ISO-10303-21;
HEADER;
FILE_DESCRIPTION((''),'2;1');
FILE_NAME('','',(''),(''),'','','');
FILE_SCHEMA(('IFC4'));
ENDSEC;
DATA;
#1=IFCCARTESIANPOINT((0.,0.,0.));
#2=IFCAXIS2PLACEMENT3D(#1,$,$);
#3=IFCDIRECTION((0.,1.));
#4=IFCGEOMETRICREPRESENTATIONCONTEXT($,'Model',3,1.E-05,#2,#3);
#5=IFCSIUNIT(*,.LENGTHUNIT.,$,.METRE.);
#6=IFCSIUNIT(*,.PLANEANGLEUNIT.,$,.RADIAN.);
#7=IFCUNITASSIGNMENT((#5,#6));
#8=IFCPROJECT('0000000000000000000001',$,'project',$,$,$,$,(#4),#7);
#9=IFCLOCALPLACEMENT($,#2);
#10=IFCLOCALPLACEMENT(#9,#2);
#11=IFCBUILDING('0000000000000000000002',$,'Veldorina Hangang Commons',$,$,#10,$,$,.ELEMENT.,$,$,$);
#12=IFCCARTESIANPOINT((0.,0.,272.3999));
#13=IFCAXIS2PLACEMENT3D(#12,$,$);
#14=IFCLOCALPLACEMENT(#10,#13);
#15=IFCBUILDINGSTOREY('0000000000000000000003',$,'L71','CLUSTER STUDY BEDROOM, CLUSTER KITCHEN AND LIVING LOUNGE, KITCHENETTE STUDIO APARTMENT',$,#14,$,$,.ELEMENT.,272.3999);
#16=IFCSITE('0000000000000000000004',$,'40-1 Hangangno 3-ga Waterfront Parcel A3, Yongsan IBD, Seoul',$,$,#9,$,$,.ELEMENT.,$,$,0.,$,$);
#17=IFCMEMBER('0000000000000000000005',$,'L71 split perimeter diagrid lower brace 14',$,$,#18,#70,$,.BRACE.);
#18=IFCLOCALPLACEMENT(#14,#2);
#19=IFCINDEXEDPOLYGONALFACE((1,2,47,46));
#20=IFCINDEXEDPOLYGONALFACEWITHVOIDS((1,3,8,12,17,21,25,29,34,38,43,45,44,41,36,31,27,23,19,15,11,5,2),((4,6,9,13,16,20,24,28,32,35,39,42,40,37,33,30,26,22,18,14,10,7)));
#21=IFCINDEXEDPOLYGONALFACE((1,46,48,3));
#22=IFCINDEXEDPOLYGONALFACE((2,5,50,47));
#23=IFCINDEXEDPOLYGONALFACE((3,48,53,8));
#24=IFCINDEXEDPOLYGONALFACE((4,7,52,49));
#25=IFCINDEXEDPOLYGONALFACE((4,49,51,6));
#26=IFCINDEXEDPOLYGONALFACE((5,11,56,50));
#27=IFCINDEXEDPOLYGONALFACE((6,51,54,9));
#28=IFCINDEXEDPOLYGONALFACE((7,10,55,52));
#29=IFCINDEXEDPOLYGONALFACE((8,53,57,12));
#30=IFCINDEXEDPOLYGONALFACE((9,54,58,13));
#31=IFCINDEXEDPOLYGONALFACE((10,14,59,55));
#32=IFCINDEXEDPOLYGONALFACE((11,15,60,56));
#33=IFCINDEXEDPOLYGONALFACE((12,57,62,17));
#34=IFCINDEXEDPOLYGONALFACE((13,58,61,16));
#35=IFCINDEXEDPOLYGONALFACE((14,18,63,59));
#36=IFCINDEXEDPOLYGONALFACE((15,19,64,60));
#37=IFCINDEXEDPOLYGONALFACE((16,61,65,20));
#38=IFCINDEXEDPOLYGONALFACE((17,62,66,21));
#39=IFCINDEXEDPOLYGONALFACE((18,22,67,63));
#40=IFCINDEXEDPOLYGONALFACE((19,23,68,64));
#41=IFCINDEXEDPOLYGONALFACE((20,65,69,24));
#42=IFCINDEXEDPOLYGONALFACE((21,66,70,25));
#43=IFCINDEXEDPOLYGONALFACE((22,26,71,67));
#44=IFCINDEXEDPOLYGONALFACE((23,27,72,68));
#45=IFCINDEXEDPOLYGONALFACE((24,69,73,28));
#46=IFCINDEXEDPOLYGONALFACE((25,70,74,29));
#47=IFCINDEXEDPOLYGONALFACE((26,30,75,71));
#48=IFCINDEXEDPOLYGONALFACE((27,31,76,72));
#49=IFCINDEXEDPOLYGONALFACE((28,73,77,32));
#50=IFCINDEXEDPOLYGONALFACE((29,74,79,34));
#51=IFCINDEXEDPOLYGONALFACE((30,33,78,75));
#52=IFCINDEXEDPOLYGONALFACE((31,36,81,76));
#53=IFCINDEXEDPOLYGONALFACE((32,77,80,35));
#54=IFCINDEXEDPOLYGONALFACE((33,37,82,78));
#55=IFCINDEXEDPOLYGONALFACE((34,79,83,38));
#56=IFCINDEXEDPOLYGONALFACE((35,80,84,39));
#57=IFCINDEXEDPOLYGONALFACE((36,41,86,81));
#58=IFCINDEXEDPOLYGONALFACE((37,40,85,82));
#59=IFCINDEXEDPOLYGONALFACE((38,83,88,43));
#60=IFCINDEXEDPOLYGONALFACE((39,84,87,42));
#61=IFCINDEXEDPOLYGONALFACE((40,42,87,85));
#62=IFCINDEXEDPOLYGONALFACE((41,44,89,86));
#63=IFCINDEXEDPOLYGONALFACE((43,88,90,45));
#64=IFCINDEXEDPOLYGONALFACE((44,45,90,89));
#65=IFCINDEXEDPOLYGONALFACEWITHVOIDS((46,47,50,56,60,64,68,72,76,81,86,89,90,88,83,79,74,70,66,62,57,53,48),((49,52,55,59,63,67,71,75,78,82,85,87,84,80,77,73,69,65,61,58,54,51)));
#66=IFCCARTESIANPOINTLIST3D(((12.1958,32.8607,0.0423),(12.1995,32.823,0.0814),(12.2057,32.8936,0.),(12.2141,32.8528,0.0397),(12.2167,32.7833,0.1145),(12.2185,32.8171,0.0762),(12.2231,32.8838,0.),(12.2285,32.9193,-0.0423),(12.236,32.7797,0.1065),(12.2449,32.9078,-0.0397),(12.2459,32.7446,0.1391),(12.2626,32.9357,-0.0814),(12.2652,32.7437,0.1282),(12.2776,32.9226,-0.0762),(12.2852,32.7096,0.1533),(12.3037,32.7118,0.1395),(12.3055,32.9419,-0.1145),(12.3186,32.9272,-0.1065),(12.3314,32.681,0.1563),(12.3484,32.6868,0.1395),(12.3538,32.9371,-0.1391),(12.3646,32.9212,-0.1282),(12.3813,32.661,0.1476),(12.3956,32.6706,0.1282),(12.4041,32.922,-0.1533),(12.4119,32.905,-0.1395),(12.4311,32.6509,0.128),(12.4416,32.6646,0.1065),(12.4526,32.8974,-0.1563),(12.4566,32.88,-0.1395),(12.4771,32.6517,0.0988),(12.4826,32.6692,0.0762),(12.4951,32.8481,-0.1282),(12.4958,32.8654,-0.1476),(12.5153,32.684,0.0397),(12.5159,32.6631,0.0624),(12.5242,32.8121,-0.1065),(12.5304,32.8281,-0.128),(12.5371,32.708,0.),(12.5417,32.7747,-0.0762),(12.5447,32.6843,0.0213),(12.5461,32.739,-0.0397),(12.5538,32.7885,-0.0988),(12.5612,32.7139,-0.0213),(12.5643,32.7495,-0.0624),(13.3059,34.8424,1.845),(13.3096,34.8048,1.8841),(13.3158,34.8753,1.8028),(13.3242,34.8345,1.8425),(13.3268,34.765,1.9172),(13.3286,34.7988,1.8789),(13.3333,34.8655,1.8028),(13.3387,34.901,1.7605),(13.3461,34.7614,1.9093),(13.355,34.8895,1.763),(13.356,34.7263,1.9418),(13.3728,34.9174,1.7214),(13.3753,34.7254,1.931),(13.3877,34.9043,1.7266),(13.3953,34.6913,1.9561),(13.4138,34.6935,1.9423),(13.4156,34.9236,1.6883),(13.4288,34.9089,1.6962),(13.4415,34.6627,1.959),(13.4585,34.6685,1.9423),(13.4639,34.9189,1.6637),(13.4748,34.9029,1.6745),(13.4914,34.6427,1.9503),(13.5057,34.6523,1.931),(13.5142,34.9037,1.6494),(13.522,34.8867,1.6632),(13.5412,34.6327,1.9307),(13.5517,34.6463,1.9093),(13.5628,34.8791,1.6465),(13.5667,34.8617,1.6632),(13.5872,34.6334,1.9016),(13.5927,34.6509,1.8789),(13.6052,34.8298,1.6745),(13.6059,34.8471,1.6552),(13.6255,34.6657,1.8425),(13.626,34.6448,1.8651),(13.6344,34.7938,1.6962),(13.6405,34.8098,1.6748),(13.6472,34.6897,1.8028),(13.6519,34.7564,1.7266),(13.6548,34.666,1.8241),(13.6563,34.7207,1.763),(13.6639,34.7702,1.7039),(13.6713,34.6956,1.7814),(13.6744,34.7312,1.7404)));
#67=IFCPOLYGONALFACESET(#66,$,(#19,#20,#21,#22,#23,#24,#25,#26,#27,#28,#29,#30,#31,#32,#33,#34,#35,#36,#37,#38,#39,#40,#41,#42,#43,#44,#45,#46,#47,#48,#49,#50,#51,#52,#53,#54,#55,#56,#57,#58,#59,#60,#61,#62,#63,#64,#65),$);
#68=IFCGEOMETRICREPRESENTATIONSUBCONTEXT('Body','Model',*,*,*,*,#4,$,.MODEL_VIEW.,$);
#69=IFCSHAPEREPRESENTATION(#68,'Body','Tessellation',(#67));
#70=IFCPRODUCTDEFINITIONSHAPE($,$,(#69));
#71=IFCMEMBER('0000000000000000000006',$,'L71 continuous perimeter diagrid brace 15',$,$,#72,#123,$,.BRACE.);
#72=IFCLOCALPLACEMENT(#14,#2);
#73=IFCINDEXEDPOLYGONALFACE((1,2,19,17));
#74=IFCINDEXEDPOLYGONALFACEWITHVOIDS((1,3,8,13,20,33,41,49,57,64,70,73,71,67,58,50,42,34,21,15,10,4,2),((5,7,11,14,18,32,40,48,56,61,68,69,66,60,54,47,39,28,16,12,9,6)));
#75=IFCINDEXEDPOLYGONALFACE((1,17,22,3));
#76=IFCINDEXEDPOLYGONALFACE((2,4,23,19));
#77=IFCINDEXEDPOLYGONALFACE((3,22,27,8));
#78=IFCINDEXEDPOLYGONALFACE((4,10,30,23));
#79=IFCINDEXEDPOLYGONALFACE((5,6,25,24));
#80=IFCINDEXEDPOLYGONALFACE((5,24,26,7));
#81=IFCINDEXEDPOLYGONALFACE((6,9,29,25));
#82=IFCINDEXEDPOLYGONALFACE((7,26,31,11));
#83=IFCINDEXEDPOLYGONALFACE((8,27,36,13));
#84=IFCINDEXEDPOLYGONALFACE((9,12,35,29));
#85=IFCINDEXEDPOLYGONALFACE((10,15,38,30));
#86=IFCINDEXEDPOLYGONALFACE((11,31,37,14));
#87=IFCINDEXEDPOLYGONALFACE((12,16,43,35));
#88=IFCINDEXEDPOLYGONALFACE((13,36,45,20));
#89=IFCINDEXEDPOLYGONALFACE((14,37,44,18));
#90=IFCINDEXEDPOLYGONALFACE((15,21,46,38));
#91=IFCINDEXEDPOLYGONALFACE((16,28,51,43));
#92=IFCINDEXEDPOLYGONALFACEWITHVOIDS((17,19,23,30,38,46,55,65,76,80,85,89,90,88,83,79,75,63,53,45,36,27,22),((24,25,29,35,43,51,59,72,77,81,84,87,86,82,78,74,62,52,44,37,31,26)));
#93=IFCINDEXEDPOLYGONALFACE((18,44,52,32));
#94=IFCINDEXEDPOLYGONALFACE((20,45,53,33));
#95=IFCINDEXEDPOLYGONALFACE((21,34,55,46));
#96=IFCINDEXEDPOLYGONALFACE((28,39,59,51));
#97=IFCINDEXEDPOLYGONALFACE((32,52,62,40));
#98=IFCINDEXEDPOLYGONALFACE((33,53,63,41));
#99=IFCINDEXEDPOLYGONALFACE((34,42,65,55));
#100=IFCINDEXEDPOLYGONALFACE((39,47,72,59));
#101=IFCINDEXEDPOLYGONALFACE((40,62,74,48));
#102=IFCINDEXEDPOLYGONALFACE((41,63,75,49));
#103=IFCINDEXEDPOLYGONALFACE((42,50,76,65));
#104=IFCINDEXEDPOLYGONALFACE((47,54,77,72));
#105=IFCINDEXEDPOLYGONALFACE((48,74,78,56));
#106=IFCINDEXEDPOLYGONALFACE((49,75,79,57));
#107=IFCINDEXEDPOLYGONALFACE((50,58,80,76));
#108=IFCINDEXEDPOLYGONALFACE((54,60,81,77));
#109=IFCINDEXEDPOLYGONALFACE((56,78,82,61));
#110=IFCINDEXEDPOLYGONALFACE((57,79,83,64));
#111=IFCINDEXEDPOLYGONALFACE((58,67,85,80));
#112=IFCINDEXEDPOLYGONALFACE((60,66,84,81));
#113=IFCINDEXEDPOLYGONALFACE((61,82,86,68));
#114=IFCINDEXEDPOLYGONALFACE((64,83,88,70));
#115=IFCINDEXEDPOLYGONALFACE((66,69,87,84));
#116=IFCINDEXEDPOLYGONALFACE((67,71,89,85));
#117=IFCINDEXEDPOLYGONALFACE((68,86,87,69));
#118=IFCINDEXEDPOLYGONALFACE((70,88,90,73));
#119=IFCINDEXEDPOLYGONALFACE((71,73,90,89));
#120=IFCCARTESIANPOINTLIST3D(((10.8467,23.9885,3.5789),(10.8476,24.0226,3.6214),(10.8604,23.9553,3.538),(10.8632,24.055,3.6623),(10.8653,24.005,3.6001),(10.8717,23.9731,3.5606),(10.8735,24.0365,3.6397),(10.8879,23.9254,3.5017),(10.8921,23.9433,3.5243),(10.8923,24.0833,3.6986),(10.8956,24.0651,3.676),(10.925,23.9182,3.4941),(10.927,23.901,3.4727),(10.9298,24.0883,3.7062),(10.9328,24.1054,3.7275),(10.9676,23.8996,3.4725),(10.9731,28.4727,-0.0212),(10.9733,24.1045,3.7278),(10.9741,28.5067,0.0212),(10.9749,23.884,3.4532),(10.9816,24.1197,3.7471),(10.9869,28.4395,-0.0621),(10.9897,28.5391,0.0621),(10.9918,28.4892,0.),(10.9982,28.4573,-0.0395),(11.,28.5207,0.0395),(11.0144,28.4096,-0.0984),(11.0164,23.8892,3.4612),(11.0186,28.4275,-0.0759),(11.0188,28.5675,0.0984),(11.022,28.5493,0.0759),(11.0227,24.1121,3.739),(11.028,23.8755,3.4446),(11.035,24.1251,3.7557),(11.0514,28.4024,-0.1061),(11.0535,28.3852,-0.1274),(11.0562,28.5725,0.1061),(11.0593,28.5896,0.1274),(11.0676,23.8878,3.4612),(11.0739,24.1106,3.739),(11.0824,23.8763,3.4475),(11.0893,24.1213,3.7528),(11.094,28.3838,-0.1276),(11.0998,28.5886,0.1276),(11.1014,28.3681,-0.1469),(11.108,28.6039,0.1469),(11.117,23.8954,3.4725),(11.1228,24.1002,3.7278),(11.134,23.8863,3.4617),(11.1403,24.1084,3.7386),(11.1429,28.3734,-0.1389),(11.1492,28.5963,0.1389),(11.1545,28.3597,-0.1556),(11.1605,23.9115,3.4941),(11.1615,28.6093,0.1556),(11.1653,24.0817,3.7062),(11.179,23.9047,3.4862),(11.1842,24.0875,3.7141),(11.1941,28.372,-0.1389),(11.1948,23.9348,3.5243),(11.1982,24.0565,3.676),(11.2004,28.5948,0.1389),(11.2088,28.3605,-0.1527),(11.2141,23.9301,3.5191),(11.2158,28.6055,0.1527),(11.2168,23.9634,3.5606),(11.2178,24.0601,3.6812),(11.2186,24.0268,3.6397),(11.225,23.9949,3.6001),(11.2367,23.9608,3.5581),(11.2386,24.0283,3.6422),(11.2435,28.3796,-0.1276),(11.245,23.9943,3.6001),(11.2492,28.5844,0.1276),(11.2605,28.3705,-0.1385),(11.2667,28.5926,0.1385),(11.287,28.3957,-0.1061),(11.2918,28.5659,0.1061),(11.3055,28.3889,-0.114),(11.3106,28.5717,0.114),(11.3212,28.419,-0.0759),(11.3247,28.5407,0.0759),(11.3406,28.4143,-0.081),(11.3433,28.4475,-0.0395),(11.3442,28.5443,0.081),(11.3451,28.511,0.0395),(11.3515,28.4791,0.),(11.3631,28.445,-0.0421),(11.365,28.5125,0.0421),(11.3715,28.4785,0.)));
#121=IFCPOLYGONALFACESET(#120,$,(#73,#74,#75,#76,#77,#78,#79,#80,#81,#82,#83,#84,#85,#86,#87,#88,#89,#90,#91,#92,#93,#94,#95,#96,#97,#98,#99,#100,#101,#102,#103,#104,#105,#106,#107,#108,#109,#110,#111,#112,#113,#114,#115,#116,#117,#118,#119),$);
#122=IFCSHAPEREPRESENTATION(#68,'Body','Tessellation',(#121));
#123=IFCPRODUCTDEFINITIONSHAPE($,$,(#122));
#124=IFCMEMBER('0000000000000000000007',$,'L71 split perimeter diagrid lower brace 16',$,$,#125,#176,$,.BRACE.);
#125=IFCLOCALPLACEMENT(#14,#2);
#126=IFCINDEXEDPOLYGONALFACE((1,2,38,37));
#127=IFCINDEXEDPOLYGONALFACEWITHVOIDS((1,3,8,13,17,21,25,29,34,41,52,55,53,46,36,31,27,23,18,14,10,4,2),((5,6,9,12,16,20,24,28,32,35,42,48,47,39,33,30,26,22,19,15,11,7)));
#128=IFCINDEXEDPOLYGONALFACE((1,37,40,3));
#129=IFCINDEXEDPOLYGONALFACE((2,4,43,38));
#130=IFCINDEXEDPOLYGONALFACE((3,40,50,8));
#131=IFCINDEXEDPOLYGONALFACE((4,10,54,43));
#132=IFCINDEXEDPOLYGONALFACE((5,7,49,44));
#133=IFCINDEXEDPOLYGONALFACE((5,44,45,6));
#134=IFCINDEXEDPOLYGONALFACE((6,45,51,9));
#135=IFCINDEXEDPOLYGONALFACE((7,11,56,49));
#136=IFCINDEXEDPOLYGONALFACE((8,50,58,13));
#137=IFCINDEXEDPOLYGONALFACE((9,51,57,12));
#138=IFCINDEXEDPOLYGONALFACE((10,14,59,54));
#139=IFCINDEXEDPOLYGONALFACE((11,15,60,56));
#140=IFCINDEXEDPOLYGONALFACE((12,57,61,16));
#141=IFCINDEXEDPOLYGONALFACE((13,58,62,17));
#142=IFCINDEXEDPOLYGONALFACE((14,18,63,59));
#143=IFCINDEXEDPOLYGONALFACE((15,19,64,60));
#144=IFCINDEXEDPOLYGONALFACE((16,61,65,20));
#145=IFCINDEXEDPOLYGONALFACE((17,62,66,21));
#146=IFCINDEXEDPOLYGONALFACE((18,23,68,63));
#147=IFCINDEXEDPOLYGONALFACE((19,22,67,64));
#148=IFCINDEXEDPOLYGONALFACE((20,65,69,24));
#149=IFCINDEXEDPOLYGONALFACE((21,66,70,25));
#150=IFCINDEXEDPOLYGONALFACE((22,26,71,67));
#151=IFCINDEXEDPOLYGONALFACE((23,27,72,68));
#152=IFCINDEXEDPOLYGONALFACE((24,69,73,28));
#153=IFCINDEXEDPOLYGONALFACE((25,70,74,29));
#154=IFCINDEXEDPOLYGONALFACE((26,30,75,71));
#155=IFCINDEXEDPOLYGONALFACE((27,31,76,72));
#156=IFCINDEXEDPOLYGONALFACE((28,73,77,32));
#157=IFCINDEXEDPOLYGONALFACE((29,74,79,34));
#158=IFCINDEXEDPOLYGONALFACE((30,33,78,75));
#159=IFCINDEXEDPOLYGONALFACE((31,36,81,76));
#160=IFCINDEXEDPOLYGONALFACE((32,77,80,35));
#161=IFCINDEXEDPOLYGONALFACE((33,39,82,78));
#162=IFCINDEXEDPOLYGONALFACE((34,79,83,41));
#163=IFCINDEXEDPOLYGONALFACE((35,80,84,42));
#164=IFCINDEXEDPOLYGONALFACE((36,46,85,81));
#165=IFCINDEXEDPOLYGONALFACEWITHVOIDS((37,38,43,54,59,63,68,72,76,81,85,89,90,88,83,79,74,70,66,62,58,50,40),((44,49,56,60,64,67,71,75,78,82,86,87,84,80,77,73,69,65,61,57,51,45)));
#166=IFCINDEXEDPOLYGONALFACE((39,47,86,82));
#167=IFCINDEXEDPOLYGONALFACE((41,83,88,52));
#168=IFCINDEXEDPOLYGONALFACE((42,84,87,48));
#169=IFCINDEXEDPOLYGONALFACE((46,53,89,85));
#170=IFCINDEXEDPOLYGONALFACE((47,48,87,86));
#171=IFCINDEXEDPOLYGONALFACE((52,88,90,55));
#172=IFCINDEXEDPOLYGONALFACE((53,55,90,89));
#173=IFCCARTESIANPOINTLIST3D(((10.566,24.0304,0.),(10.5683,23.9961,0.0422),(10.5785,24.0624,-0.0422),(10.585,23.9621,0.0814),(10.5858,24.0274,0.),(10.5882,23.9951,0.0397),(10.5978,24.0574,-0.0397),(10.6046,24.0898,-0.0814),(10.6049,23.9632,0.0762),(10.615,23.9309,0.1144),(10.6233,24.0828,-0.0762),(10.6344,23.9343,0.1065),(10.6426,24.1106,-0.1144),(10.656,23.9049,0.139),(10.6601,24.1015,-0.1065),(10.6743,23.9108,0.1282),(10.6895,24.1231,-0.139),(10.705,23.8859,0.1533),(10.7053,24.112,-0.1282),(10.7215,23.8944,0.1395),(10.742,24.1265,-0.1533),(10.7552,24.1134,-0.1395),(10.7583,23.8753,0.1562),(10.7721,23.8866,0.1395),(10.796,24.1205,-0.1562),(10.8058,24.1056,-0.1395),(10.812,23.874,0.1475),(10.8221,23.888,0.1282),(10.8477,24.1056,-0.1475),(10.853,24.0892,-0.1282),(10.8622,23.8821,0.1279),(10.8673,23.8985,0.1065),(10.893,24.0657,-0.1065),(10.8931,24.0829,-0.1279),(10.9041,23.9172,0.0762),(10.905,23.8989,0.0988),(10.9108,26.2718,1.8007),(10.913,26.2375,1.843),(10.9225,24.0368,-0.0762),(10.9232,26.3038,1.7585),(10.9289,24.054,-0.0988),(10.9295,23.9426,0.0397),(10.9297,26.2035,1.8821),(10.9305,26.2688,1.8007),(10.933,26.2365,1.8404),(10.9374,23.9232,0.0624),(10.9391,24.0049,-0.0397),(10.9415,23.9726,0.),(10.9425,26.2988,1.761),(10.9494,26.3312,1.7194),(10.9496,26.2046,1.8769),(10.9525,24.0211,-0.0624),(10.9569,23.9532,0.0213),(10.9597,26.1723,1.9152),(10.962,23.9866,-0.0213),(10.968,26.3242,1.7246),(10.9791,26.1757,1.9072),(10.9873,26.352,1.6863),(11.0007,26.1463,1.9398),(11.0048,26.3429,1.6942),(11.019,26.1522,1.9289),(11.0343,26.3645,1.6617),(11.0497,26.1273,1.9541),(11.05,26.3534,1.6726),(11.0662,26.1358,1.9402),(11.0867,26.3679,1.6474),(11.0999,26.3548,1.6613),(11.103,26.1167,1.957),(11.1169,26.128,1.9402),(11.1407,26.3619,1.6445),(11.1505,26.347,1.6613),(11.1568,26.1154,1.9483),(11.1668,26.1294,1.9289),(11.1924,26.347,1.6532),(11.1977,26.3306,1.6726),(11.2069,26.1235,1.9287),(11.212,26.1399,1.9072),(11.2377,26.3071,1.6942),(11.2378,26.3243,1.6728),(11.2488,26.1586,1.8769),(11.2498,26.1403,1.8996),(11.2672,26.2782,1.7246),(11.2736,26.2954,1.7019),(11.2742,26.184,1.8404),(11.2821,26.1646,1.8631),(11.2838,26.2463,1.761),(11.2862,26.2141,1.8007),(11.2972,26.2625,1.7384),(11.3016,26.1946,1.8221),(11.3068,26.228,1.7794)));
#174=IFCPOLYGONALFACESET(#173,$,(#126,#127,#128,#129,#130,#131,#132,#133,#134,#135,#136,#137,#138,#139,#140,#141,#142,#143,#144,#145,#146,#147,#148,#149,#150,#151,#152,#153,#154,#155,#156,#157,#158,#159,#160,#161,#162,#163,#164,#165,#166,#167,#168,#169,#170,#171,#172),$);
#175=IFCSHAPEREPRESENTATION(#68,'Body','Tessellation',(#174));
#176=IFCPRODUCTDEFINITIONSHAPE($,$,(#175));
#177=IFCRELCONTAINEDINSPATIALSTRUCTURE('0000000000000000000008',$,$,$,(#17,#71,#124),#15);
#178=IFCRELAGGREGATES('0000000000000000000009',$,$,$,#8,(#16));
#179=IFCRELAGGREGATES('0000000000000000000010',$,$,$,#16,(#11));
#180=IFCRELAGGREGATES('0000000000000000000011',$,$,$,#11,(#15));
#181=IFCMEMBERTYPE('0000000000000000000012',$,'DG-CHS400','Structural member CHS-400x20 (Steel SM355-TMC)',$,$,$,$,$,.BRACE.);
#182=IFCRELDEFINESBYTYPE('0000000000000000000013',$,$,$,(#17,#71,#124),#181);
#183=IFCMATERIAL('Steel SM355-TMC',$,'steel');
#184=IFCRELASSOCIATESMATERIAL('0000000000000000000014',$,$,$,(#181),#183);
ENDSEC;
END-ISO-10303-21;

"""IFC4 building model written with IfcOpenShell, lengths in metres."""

from ifc_helpers import new_model, si_unit, direction, frame, origin, origin_2d, place, context, subcontext, project, spatial, hollow_circle, extrude, material, material_profile, profile_set, type_object, element, save


model = new_model("IFC4")

# Units and contexts
model_context = context("Model", 3, precision=1e-05, world=origin(), true_north=direction((0.0, 1.0)))
body_context = subcontext(model_context, "Body", "Model", "MODEL_VIEW")
ifc_project = project(units=[si_unit("LENGTHUNIT", "METRE"), si_unit("PLANEANGLEUNIT", "RADIAN")], contexts=[model_context])

# Site, building, storey
site_placement = place(None, origin())
site = spatial("IfcSite", under=ifc_project, at=site_placement, Name="40-1 Hangangno 3-ga Waterfront Parcel A3, Yongsan IBD, Seoul", CompositionType="ELEMENT", RefElevation=0.0)
building_placement = place(site_placement, origin())
building = spatial("IfcBuilding", under=site, at=building_placement, Name="Veldorina Hangang Commons", CompositionType="ELEMENT")
storey_placement = place(building_placement, frame((0.0, 0.0, 272.3999)))
storey = spatial("IfcBuildingStorey", under=building, at=storey_placement, Name="L71", Description="CLUSTER STUDY BEDROOM, CLUSTER KITCHEN AND LIVING LOUNGE, KITCHENETTE STUDIO APARTMENT", CompositionType="ELEMENT", Elevation=272.3999)

# Shared definitions
ifc_material_1 = material(Name="Steel SM355-TMC", Category="steel")

# Members
ifc_material_profile_1 = material_profile(ifc_material_1, hollow_circle(Radius=0.2, WallThickness=0.02, at=origin_2d()), Name="CHS-400x20")
ifc_profile_set_1 = profile_set([ifc_material_profile_1], Name="Steel SM355-TMC")
member_type_1 = type_object("IfcMemberType", Name="DG-CHS400", Description="Structural member CHS-400x20 (Steel SM355-TMC)", PredefinedType="BRACE", material=ifc_profile_set_1)
member_1_placement = place(storey_placement, frame((12.3801, 32.7959, 0.0), z_axis=(0.382812, 0.68337, 0.621659), x_axis=(-0.872438, 0.488724, 0.0)))
element("IfcMember", 1, at=member_1_placement, inside=storey, type_object=member_type_1, Name="L71 split perimeter diagrid lower brace 14", PredefinedType="BRACE", context=body_context, shape_type="SweptSolid", body=[
    extrude(hollow_circle(Radius=0.2, WallThickness=0.02, at=origin_2d()), origin(), (0.0, 0.0, 1.0), 2.8999),
])
member_2_placement = place(storey_placement, frame((11.1716, 28.4841, 0.0), z_axis=(-0.021987, -0.779594, 0.625899), x_axis=(0.999603, -0.028192, 0.0)))
element("IfcMember", 2, at=member_2_placement, inside=storey, type_object=member_type_1, Name="L71 continuous perimeter diagrid brace 15", PredefinedType="BRACE", context=body_context, shape_type="SweptSolid", body=[
    extrude(hollow_circle(Radius=0.2, WallThickness=0.02, at=origin_2d()), origin(), (0.0, 0.0, 1.0), 5.752),
])
member_3_placement = place(storey_placement, frame((10.7637, 24.0, 0.0), z_axis=(0.119043, 0.774031, 0.621855), x_axis=(-0.988379, 0.152009, 0.0)))
element("IfcMember", 3, at=member_3_placement, inside=storey, type_object=member_type_1, Name="L71 split perimeter diagrid lower brace 16", PredefinedType="BRACE", context=body_context, shape_type="SweptSolid", body=[
    extrude(hollow_circle(Radius=0.2, WallThickness=0.02, at=origin_2d()), origin(), (0.0, 0.0, 1.0), 2.8958),
])

save(model, "model.ifc")
